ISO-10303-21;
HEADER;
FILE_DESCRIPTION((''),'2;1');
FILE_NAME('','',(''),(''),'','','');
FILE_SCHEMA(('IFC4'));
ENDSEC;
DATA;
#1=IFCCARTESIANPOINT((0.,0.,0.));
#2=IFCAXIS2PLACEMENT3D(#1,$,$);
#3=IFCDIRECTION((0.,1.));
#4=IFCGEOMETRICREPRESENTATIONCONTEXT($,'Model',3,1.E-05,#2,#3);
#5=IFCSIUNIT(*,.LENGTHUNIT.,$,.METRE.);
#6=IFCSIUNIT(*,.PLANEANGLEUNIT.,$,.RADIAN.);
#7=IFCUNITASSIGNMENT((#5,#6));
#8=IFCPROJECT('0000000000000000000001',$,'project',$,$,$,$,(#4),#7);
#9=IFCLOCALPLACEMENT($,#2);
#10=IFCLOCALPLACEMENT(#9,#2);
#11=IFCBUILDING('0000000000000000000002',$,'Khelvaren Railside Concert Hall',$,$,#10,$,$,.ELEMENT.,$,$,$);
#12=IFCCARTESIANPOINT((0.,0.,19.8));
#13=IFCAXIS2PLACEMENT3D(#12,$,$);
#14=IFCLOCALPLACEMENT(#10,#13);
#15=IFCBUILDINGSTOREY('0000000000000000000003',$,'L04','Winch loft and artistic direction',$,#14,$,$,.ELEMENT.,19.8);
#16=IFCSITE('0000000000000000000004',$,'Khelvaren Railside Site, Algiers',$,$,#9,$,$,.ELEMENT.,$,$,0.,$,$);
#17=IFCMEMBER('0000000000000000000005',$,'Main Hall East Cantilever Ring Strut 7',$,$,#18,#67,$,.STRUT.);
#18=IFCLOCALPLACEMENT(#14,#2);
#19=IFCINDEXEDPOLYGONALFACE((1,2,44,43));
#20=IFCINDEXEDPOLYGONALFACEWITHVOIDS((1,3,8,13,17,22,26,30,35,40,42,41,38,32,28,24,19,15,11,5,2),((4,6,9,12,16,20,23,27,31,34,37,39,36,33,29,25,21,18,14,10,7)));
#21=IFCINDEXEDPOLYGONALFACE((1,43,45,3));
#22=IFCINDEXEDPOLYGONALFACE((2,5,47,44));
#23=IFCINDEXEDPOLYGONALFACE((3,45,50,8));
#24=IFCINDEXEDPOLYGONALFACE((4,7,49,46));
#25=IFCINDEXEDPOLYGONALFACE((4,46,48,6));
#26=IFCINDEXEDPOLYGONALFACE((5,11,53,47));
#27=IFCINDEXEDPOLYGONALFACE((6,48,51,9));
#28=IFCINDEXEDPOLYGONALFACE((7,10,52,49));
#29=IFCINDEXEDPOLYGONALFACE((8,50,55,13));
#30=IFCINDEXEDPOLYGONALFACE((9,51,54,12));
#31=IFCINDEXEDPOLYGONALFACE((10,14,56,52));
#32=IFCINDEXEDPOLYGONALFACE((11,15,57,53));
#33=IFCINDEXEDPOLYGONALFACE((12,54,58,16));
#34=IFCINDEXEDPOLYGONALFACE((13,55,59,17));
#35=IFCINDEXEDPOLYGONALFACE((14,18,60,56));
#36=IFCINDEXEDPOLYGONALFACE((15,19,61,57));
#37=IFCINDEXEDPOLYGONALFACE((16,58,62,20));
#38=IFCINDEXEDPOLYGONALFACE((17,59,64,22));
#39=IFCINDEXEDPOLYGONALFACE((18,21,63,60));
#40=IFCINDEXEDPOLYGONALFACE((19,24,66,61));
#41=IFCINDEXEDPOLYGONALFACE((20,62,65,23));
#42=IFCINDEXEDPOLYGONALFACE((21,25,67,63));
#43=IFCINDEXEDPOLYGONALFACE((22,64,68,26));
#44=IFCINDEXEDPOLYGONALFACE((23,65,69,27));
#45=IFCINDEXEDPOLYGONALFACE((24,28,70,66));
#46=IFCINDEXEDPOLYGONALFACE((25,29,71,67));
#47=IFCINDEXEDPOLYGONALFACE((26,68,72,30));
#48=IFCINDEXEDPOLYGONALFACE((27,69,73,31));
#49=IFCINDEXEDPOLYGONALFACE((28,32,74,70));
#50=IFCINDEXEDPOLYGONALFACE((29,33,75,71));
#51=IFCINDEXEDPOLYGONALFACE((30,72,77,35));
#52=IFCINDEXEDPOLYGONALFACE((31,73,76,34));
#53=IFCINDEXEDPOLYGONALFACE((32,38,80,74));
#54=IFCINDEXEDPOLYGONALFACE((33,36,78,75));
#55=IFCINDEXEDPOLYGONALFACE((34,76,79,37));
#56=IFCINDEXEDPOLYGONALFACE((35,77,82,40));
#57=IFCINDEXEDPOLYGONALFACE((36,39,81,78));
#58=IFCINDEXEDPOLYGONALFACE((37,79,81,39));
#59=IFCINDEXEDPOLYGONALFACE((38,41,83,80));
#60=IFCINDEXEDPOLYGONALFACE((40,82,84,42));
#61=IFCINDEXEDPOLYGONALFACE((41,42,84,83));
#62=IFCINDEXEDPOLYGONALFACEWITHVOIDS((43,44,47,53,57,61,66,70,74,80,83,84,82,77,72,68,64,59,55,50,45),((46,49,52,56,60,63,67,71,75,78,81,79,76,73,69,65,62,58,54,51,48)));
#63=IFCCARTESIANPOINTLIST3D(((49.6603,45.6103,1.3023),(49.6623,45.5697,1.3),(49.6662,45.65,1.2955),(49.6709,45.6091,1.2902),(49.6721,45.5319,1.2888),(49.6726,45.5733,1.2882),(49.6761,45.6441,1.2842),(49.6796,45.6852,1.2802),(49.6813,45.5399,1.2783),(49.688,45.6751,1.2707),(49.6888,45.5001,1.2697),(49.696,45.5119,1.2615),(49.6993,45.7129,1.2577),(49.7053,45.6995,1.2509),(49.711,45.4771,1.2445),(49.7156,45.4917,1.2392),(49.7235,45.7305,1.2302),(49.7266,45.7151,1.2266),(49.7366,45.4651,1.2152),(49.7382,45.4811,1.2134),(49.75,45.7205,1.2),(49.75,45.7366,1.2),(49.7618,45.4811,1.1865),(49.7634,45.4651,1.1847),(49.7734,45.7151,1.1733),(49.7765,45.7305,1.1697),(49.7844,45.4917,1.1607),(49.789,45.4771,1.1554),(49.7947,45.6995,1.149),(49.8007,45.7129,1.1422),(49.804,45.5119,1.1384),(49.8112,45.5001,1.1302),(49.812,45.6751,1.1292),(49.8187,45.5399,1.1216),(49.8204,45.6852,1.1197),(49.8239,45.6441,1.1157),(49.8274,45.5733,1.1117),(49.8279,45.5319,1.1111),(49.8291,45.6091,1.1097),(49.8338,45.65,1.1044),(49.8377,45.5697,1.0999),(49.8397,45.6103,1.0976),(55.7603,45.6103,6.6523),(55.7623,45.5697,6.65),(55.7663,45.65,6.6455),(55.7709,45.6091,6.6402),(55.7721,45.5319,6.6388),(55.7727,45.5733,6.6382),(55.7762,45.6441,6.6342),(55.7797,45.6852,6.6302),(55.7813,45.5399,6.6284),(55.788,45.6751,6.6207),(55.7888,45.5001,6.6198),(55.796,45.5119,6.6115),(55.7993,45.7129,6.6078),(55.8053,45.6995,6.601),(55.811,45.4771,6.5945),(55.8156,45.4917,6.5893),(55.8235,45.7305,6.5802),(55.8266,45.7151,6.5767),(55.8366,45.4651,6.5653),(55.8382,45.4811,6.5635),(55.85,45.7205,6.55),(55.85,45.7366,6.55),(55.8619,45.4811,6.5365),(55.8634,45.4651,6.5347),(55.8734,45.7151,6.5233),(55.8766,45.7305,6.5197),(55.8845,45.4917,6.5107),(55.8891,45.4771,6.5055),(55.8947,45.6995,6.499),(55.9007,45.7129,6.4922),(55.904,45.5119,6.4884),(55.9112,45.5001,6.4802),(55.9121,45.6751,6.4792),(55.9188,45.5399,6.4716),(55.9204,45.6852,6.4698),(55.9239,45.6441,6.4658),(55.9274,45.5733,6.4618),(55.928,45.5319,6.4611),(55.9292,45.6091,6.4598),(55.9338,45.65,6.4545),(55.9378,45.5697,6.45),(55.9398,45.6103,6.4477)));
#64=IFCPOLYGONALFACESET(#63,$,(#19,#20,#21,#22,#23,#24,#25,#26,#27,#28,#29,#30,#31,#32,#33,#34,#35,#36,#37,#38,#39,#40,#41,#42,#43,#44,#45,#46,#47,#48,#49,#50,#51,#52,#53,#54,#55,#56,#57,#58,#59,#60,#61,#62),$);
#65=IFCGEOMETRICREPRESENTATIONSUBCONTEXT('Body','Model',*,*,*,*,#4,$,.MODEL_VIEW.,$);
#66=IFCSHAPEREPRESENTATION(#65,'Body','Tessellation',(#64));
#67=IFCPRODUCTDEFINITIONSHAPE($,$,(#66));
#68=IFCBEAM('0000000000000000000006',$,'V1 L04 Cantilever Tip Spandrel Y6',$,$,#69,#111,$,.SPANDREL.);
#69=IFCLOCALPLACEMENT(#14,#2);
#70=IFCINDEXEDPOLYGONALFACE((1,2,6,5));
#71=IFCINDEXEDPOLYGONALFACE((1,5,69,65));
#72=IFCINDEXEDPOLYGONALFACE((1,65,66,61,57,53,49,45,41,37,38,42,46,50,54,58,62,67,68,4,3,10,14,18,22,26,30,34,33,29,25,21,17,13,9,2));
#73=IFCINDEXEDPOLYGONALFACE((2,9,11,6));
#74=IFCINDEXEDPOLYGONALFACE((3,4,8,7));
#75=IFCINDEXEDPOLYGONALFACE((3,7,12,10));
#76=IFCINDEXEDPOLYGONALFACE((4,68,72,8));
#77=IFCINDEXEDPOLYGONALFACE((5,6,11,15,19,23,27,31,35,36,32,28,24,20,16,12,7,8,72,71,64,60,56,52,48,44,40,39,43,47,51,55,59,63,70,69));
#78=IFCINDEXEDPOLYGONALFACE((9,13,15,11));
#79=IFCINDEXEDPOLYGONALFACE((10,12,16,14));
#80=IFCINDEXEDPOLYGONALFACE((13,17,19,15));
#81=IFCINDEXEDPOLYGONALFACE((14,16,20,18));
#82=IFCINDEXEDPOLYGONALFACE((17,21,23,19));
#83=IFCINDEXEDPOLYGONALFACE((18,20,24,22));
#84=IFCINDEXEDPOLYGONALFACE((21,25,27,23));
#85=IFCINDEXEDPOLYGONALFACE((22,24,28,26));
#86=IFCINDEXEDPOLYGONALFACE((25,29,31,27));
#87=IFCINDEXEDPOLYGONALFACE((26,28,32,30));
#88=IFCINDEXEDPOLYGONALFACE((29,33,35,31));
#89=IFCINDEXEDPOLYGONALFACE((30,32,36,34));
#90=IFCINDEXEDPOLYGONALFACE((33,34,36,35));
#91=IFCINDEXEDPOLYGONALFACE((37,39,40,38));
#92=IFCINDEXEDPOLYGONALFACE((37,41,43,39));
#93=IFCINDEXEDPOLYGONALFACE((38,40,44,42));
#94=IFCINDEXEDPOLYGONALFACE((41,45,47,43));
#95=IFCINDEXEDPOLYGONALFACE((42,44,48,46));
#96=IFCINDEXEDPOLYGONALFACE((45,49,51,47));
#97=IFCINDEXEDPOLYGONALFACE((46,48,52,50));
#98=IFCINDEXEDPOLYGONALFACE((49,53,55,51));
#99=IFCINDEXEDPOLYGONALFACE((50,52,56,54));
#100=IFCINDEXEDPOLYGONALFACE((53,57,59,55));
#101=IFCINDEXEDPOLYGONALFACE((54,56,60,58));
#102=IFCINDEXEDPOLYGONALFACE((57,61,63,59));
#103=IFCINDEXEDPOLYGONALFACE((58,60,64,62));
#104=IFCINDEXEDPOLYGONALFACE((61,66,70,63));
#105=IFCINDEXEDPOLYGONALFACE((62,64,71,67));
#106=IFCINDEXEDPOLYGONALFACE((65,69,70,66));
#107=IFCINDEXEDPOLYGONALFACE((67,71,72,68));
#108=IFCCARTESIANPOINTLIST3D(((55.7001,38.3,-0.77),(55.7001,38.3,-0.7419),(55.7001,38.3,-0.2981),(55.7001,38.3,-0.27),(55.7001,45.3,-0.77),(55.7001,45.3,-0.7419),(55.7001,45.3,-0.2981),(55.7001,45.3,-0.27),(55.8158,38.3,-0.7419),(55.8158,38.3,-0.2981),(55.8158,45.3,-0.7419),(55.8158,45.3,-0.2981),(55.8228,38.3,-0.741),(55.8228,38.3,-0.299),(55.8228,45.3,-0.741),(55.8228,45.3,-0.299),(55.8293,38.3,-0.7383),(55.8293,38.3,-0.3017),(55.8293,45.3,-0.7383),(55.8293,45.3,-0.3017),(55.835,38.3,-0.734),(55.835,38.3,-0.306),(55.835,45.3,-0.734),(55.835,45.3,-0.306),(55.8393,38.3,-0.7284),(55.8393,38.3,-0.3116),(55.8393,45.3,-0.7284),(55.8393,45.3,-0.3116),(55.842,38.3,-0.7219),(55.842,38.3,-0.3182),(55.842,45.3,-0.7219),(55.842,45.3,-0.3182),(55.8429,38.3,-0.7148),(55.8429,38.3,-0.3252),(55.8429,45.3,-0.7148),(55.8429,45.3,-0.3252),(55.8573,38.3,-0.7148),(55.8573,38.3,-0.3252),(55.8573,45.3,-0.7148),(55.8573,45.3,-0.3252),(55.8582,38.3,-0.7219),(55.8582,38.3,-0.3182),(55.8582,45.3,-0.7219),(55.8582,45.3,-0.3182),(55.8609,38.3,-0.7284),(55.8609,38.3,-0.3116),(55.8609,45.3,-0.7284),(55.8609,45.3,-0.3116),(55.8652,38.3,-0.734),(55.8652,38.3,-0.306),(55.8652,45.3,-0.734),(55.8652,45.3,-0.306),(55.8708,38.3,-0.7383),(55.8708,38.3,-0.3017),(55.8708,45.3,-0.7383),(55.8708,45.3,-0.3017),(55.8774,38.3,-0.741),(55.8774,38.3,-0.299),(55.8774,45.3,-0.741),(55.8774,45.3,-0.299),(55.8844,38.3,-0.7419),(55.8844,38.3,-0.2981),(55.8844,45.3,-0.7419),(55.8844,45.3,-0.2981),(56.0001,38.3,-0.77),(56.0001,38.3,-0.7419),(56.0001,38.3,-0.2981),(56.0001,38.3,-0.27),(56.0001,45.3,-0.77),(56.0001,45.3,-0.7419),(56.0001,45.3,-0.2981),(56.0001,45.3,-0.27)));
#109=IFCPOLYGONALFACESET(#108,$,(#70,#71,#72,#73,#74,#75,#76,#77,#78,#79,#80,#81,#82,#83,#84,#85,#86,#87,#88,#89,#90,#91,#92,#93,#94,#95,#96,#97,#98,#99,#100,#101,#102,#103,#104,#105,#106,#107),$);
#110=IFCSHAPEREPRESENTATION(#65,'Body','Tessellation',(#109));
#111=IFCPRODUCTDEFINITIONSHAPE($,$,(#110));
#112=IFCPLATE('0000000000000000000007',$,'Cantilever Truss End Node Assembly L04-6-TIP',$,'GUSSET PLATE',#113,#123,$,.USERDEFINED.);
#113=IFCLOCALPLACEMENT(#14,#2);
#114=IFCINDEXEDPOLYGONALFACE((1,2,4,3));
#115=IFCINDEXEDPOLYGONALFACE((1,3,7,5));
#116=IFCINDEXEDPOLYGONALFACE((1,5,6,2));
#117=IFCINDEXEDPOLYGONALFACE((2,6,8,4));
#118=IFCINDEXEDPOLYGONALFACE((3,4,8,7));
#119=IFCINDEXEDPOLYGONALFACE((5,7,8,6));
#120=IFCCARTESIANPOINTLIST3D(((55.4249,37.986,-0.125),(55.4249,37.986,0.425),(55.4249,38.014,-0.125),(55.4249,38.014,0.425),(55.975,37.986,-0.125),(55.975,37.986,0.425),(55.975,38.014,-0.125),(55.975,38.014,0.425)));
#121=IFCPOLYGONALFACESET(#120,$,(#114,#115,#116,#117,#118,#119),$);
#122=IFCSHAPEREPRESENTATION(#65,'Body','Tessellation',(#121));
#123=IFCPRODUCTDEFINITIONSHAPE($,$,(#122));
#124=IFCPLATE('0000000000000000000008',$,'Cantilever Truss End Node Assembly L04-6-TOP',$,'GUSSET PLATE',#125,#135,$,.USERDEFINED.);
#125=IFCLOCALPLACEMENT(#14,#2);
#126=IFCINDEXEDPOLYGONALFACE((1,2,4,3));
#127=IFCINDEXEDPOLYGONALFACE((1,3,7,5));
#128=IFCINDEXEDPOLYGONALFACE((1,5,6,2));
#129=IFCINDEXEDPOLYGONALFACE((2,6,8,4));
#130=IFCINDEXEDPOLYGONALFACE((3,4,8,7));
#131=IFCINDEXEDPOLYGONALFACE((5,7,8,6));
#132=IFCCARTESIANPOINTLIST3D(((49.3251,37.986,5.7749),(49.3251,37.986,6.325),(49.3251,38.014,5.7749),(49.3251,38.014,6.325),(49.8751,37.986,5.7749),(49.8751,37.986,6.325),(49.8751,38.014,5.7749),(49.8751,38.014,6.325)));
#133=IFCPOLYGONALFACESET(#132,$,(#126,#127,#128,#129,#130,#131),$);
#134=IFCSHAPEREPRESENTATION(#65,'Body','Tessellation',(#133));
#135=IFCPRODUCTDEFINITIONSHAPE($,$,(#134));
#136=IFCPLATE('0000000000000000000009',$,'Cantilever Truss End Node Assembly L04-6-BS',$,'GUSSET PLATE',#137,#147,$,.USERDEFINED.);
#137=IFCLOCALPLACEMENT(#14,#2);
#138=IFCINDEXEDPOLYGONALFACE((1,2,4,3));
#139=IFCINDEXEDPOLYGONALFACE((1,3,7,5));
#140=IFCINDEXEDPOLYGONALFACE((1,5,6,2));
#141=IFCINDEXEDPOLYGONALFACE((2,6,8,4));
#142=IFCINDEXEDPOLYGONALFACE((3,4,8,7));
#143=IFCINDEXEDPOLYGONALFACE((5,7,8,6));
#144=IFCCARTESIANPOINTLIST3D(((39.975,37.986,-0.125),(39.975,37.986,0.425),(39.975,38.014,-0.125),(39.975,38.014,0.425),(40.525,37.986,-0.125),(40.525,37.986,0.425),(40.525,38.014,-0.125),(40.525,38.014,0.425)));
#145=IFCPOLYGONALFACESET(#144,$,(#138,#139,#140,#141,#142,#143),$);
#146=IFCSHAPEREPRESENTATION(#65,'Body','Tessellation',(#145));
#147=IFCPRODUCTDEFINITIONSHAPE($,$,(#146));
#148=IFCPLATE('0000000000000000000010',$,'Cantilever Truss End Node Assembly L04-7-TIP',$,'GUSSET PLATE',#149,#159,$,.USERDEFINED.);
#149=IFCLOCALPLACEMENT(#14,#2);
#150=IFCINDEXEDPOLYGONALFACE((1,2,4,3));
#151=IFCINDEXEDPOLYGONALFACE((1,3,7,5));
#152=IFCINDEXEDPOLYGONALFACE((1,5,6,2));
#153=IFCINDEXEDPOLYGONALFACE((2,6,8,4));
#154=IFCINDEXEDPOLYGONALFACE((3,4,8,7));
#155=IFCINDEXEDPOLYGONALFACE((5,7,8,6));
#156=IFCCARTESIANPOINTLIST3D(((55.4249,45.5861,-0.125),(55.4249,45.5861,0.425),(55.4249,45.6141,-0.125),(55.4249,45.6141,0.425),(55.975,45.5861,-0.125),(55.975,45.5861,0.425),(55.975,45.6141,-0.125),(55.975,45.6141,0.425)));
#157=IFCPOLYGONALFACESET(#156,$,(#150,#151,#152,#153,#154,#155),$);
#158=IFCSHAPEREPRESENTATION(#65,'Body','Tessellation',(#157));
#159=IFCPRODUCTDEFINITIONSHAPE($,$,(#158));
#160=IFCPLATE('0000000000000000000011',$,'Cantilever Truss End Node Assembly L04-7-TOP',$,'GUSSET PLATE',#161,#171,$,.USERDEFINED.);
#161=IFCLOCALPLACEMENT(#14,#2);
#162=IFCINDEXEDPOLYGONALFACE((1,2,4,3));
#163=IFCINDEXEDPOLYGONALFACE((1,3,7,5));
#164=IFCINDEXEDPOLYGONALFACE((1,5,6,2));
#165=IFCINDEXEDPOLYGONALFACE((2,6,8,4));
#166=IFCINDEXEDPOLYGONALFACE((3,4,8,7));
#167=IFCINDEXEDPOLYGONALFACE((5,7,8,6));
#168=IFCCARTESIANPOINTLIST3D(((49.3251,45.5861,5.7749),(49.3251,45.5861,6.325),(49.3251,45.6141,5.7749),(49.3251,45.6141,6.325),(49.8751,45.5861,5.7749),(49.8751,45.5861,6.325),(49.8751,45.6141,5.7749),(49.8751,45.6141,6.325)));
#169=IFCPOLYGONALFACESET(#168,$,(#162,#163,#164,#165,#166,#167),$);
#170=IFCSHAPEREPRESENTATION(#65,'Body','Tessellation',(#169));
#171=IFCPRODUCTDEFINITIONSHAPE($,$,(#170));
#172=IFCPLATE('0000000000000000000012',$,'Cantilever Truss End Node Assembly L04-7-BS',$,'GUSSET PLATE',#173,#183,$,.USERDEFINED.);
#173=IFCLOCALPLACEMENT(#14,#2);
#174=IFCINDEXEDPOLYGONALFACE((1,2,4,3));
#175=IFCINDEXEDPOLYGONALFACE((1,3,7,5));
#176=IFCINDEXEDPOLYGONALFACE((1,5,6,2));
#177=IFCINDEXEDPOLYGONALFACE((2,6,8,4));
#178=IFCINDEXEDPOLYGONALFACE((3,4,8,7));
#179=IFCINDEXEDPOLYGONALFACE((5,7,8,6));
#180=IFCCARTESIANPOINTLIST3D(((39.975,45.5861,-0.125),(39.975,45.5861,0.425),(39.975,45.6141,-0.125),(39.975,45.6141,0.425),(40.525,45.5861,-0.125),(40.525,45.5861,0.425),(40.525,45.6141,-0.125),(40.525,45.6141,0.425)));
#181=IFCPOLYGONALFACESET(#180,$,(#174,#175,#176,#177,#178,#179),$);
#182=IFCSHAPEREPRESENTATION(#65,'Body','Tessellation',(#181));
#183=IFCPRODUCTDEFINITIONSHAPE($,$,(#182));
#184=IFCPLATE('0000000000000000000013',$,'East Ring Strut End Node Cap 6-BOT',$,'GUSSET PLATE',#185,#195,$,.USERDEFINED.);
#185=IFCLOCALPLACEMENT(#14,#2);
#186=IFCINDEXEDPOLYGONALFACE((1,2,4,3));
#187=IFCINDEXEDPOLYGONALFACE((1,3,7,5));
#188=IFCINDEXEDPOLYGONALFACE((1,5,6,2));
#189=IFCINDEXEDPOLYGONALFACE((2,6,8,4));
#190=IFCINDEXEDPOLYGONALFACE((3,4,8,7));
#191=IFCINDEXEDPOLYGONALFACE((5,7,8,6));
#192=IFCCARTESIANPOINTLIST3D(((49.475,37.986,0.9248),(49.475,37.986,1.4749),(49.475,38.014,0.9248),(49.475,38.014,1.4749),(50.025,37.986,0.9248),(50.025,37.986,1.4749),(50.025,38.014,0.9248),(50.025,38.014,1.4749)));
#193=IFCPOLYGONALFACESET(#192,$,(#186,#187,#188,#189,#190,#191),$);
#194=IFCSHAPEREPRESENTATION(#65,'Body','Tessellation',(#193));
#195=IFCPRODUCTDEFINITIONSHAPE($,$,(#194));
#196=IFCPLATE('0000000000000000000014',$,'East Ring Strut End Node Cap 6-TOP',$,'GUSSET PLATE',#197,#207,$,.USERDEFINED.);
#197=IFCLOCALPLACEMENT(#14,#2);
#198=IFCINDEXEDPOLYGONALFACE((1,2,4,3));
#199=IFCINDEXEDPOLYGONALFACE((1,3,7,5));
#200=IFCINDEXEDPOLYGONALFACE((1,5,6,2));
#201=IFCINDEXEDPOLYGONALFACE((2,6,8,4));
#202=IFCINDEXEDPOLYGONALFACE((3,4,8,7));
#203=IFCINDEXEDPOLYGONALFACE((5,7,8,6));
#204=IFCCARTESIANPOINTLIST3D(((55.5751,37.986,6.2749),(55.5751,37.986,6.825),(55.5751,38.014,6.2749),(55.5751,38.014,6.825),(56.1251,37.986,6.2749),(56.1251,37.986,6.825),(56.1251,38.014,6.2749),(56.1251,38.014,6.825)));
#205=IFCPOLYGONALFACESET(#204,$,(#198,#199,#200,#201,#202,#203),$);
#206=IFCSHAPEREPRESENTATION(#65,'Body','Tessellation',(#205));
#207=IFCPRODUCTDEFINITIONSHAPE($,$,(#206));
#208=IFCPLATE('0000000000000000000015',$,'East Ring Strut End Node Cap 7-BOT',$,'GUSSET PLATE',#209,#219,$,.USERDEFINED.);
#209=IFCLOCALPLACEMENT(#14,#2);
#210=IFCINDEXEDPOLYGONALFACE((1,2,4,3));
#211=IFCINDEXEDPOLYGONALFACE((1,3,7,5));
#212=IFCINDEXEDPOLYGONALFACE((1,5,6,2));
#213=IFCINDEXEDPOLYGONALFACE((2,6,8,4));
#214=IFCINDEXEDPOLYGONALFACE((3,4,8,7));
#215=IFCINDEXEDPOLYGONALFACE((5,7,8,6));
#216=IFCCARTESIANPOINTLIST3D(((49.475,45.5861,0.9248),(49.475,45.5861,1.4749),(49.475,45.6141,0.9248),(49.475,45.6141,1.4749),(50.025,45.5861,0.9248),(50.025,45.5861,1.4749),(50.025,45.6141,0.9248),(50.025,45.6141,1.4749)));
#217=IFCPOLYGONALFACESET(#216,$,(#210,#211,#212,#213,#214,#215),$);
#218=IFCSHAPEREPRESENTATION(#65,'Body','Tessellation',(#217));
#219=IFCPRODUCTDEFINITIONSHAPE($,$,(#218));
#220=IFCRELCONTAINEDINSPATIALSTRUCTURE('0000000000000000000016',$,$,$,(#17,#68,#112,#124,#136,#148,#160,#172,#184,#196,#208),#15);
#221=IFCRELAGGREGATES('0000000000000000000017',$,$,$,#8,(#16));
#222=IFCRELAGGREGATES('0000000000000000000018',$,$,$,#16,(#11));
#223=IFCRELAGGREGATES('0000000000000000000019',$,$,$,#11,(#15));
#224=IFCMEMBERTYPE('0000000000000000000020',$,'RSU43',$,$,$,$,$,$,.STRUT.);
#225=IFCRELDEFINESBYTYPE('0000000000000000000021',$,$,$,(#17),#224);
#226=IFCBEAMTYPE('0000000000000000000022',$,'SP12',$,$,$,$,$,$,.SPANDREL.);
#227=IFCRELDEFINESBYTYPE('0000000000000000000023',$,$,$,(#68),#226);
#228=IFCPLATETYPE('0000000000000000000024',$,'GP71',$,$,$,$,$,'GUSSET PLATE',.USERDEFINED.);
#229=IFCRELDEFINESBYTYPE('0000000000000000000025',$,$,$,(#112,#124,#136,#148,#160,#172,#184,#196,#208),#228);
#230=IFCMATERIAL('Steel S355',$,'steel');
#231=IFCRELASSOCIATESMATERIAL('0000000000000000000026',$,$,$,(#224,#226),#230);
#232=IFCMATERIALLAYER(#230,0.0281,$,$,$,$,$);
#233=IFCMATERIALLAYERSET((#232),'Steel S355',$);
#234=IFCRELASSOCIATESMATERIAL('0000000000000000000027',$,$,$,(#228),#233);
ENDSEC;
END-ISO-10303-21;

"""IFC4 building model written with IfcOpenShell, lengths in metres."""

from ifc_helpers import new_model, si_unit, direction, frame, origin, origin_2d, place, context, subcontext, project, spatial, rectangle, hollow_circle, i_section, extrude, material, layer, layer_set, material_profile, profile_set, type_object, element, save


model = new_model("IFC4")

# Units and contexts
model_context = context("Model", 3, precision=1e-05, world=origin(), true_north=direction((0.0, 1.0)))
body_context = subcontext(model_context, "Body", "Model", "MODEL_VIEW")
ifc_project = project(units=[si_unit("LENGTHUNIT", "METRE"), si_unit("PLANEANGLEUNIT", "RADIAN")], contexts=[model_context])

# Site, building, storey
site_placement = place(None, origin())
site = spatial("IfcSite", under=ifc_project, at=site_placement, Name="Khelvaren Railside Site, Algiers", CompositionType="ELEMENT", RefElevation=0.0)
building_placement = place(site_placement, origin())
building = spatial("IfcBuilding", under=site, at=building_placement, Name="Khelvaren Railside Concert Hall", CompositionType="ELEMENT")
storey_placement = place(building_placement, frame((0.0, 0.0, 19.8)))
storey = spatial("IfcBuildingStorey", under=building, at=storey_placement, Name="L04", Description="Winch loft and artistic direction", CompositionType="ELEMENT", Elevation=19.8)

# Shared definitions
ifc_material_1 = material(Name="Steel S355", Category="steel")

# Member
ifc_material_profile_1 = material_profile(ifc_material_1, hollow_circle(Radius=0.1365, WallThickness=0.0161, at=origin_2d()), Name="CHS 273x16")
ifc_profile_set_1 = profile_set([ifc_material_profile_1], Name="Steel S355")
member_type_1 = type_object("IfcMemberType", Name="RSU43", PredefinedType="STRUT", material=ifc_profile_set_1)
member_1_placement = place(storey_placement, frame((49.75, 45.6001, 1.2), z_axis=(0.751812, 0.0, 0.659378), x_axis=(0.0, 1.0, 0.0)))
element("IfcMember", 1, at=member_1_placement, inside=storey, type_object=member_type_1, Name="Main Hall East Cantilever Ring Strut 7", PredefinedType="STRUT", context=body_context, shape_type="SweptSolid", body=[
    extrude(hollow_circle(Radius=0.1365, WallThickness=0.0161, at=origin_2d()), origin(), (0.0, 0.0, 1.0), 8.1138),
])

# Beam
ifc_material_profile_2 = material_profile(ifc_material_1, i_section(OverallWidth=0.3, OverallDepth=0.5, WebThickness=0.0144, FlangeThickness=0.0281, FilletRadius=0.0271, at=origin_2d()), Name="HEB 500")
ifc_profile_set_2 = profile_set([ifc_material_profile_2], Name="Steel S355")
beam_type_1 = type_object("IfcBeamType", Name="SP12", PredefinedType="SPANDREL", material=ifc_profile_set_2)
beam_1_placement = place(storey_placement, frame((55.8501, 38.3, -0.52), z_axis=(0.0, 1.0, 0.0), x_axis=(-1.0, 0.0, 0.0)))
element("IfcBeam", 2, at=beam_1_placement, inside=storey, type_object=beam_type_1, Name="V1 L04 Cantilever Tip Spandrel Y6", PredefinedType="SPANDREL", context=body_context, shape_type="SweptSolid", body=[
    extrude(i_section(OverallWidth=0.3, OverallDepth=0.5, WebThickness=0.0144, FlangeThickness=0.0281, FilletRadius=0.0271, at=origin_2d()), origin(), (0.0, 0.0, 1.0), 7.0),
])

# Plates
ifc_layer_1 = layer(ifc_material_1, 0.0281)
ifc_layer_set_1 = layer_set([ifc_layer_1], Name="Steel S355")
plate_type = type_object("IfcPlateType", Name="GP71", ElementType="GUSSET PLATE", PredefinedType="USERDEFINED", material=ifc_layer_set_1)
for number, where, z_axis, x_axis, name in (
    (3, (55.7, 38.0, -0.125), (0.0, 0.0, 1.0), (1.0, 0.0, 0.0), "Cantilever Truss End Node Assembly L04-6-TIP"),
    (4, (49.6001, 38.0, 5.7749), (0.0, 0.0, 1.0), (1.0, 0.0, 0.0), "Cantilever Truss End Node Assembly L04-6-TOP"),
    (5, (40.25, 38.0, -0.125), (0.0, 0.0, 1.0), (1.0, 0.0, 0.0), "Cantilever Truss End Node Assembly L04-6-BS"),
    (6, (55.7, 45.6001, -0.125), (0.0, 0.0, 1.0), (1.0, 0.0, 0.0), "Cantilever Truss End Node Assembly L04-7-TIP"),
    (7, (49.6001, 45.6001, 5.7749), (0.0, 0.0, 1.0), (1.0, 0.0, 0.0), "Cantilever Truss End Node Assembly L04-7-TOP"),
    (8, (40.25, 45.6001, -0.125), (0.0, 0.0, 1.0), (1.0, 0.0, 0.0), "Cantilever Truss End Node Assembly L04-7-BS"),
    (9, (49.75, 38.0, 0.9248), (0.0, 0.0, 1.0), (1.0, 0.0, 0.0), "East Ring Strut End Node Cap 6-BOT"),
    (10, (55.8501, 38.0, 6.2749), (0.0, 0.0, 1.0), (1.0, 0.0, 0.0), "East Ring Strut End Node Cap 6-TOP"),
    (11, (49.75, 45.6001, 0.9248), (0.0, 0.0, 1.0), (1.0, 0.0, 0.0), "East Ring Strut End Node Cap 7-BOT"),
):
    element("IfcPlate", number, at=place(storey_placement, frame(where, z_axis=z_axis, x_axis=x_axis)), inside=storey, type_object=plate_type, Name=name, ObjectType="GUSSET PLATE", PredefinedType="USERDEFINED", context=body_context, shape_type="SweptSolid", body=[
        extrude(rectangle(XDim=0.55, YDim=0.0281, at=origin_2d()), origin(), (0.0, 0.0, 1.0), 0.55),
    ])

save(model, "model.ifc")
